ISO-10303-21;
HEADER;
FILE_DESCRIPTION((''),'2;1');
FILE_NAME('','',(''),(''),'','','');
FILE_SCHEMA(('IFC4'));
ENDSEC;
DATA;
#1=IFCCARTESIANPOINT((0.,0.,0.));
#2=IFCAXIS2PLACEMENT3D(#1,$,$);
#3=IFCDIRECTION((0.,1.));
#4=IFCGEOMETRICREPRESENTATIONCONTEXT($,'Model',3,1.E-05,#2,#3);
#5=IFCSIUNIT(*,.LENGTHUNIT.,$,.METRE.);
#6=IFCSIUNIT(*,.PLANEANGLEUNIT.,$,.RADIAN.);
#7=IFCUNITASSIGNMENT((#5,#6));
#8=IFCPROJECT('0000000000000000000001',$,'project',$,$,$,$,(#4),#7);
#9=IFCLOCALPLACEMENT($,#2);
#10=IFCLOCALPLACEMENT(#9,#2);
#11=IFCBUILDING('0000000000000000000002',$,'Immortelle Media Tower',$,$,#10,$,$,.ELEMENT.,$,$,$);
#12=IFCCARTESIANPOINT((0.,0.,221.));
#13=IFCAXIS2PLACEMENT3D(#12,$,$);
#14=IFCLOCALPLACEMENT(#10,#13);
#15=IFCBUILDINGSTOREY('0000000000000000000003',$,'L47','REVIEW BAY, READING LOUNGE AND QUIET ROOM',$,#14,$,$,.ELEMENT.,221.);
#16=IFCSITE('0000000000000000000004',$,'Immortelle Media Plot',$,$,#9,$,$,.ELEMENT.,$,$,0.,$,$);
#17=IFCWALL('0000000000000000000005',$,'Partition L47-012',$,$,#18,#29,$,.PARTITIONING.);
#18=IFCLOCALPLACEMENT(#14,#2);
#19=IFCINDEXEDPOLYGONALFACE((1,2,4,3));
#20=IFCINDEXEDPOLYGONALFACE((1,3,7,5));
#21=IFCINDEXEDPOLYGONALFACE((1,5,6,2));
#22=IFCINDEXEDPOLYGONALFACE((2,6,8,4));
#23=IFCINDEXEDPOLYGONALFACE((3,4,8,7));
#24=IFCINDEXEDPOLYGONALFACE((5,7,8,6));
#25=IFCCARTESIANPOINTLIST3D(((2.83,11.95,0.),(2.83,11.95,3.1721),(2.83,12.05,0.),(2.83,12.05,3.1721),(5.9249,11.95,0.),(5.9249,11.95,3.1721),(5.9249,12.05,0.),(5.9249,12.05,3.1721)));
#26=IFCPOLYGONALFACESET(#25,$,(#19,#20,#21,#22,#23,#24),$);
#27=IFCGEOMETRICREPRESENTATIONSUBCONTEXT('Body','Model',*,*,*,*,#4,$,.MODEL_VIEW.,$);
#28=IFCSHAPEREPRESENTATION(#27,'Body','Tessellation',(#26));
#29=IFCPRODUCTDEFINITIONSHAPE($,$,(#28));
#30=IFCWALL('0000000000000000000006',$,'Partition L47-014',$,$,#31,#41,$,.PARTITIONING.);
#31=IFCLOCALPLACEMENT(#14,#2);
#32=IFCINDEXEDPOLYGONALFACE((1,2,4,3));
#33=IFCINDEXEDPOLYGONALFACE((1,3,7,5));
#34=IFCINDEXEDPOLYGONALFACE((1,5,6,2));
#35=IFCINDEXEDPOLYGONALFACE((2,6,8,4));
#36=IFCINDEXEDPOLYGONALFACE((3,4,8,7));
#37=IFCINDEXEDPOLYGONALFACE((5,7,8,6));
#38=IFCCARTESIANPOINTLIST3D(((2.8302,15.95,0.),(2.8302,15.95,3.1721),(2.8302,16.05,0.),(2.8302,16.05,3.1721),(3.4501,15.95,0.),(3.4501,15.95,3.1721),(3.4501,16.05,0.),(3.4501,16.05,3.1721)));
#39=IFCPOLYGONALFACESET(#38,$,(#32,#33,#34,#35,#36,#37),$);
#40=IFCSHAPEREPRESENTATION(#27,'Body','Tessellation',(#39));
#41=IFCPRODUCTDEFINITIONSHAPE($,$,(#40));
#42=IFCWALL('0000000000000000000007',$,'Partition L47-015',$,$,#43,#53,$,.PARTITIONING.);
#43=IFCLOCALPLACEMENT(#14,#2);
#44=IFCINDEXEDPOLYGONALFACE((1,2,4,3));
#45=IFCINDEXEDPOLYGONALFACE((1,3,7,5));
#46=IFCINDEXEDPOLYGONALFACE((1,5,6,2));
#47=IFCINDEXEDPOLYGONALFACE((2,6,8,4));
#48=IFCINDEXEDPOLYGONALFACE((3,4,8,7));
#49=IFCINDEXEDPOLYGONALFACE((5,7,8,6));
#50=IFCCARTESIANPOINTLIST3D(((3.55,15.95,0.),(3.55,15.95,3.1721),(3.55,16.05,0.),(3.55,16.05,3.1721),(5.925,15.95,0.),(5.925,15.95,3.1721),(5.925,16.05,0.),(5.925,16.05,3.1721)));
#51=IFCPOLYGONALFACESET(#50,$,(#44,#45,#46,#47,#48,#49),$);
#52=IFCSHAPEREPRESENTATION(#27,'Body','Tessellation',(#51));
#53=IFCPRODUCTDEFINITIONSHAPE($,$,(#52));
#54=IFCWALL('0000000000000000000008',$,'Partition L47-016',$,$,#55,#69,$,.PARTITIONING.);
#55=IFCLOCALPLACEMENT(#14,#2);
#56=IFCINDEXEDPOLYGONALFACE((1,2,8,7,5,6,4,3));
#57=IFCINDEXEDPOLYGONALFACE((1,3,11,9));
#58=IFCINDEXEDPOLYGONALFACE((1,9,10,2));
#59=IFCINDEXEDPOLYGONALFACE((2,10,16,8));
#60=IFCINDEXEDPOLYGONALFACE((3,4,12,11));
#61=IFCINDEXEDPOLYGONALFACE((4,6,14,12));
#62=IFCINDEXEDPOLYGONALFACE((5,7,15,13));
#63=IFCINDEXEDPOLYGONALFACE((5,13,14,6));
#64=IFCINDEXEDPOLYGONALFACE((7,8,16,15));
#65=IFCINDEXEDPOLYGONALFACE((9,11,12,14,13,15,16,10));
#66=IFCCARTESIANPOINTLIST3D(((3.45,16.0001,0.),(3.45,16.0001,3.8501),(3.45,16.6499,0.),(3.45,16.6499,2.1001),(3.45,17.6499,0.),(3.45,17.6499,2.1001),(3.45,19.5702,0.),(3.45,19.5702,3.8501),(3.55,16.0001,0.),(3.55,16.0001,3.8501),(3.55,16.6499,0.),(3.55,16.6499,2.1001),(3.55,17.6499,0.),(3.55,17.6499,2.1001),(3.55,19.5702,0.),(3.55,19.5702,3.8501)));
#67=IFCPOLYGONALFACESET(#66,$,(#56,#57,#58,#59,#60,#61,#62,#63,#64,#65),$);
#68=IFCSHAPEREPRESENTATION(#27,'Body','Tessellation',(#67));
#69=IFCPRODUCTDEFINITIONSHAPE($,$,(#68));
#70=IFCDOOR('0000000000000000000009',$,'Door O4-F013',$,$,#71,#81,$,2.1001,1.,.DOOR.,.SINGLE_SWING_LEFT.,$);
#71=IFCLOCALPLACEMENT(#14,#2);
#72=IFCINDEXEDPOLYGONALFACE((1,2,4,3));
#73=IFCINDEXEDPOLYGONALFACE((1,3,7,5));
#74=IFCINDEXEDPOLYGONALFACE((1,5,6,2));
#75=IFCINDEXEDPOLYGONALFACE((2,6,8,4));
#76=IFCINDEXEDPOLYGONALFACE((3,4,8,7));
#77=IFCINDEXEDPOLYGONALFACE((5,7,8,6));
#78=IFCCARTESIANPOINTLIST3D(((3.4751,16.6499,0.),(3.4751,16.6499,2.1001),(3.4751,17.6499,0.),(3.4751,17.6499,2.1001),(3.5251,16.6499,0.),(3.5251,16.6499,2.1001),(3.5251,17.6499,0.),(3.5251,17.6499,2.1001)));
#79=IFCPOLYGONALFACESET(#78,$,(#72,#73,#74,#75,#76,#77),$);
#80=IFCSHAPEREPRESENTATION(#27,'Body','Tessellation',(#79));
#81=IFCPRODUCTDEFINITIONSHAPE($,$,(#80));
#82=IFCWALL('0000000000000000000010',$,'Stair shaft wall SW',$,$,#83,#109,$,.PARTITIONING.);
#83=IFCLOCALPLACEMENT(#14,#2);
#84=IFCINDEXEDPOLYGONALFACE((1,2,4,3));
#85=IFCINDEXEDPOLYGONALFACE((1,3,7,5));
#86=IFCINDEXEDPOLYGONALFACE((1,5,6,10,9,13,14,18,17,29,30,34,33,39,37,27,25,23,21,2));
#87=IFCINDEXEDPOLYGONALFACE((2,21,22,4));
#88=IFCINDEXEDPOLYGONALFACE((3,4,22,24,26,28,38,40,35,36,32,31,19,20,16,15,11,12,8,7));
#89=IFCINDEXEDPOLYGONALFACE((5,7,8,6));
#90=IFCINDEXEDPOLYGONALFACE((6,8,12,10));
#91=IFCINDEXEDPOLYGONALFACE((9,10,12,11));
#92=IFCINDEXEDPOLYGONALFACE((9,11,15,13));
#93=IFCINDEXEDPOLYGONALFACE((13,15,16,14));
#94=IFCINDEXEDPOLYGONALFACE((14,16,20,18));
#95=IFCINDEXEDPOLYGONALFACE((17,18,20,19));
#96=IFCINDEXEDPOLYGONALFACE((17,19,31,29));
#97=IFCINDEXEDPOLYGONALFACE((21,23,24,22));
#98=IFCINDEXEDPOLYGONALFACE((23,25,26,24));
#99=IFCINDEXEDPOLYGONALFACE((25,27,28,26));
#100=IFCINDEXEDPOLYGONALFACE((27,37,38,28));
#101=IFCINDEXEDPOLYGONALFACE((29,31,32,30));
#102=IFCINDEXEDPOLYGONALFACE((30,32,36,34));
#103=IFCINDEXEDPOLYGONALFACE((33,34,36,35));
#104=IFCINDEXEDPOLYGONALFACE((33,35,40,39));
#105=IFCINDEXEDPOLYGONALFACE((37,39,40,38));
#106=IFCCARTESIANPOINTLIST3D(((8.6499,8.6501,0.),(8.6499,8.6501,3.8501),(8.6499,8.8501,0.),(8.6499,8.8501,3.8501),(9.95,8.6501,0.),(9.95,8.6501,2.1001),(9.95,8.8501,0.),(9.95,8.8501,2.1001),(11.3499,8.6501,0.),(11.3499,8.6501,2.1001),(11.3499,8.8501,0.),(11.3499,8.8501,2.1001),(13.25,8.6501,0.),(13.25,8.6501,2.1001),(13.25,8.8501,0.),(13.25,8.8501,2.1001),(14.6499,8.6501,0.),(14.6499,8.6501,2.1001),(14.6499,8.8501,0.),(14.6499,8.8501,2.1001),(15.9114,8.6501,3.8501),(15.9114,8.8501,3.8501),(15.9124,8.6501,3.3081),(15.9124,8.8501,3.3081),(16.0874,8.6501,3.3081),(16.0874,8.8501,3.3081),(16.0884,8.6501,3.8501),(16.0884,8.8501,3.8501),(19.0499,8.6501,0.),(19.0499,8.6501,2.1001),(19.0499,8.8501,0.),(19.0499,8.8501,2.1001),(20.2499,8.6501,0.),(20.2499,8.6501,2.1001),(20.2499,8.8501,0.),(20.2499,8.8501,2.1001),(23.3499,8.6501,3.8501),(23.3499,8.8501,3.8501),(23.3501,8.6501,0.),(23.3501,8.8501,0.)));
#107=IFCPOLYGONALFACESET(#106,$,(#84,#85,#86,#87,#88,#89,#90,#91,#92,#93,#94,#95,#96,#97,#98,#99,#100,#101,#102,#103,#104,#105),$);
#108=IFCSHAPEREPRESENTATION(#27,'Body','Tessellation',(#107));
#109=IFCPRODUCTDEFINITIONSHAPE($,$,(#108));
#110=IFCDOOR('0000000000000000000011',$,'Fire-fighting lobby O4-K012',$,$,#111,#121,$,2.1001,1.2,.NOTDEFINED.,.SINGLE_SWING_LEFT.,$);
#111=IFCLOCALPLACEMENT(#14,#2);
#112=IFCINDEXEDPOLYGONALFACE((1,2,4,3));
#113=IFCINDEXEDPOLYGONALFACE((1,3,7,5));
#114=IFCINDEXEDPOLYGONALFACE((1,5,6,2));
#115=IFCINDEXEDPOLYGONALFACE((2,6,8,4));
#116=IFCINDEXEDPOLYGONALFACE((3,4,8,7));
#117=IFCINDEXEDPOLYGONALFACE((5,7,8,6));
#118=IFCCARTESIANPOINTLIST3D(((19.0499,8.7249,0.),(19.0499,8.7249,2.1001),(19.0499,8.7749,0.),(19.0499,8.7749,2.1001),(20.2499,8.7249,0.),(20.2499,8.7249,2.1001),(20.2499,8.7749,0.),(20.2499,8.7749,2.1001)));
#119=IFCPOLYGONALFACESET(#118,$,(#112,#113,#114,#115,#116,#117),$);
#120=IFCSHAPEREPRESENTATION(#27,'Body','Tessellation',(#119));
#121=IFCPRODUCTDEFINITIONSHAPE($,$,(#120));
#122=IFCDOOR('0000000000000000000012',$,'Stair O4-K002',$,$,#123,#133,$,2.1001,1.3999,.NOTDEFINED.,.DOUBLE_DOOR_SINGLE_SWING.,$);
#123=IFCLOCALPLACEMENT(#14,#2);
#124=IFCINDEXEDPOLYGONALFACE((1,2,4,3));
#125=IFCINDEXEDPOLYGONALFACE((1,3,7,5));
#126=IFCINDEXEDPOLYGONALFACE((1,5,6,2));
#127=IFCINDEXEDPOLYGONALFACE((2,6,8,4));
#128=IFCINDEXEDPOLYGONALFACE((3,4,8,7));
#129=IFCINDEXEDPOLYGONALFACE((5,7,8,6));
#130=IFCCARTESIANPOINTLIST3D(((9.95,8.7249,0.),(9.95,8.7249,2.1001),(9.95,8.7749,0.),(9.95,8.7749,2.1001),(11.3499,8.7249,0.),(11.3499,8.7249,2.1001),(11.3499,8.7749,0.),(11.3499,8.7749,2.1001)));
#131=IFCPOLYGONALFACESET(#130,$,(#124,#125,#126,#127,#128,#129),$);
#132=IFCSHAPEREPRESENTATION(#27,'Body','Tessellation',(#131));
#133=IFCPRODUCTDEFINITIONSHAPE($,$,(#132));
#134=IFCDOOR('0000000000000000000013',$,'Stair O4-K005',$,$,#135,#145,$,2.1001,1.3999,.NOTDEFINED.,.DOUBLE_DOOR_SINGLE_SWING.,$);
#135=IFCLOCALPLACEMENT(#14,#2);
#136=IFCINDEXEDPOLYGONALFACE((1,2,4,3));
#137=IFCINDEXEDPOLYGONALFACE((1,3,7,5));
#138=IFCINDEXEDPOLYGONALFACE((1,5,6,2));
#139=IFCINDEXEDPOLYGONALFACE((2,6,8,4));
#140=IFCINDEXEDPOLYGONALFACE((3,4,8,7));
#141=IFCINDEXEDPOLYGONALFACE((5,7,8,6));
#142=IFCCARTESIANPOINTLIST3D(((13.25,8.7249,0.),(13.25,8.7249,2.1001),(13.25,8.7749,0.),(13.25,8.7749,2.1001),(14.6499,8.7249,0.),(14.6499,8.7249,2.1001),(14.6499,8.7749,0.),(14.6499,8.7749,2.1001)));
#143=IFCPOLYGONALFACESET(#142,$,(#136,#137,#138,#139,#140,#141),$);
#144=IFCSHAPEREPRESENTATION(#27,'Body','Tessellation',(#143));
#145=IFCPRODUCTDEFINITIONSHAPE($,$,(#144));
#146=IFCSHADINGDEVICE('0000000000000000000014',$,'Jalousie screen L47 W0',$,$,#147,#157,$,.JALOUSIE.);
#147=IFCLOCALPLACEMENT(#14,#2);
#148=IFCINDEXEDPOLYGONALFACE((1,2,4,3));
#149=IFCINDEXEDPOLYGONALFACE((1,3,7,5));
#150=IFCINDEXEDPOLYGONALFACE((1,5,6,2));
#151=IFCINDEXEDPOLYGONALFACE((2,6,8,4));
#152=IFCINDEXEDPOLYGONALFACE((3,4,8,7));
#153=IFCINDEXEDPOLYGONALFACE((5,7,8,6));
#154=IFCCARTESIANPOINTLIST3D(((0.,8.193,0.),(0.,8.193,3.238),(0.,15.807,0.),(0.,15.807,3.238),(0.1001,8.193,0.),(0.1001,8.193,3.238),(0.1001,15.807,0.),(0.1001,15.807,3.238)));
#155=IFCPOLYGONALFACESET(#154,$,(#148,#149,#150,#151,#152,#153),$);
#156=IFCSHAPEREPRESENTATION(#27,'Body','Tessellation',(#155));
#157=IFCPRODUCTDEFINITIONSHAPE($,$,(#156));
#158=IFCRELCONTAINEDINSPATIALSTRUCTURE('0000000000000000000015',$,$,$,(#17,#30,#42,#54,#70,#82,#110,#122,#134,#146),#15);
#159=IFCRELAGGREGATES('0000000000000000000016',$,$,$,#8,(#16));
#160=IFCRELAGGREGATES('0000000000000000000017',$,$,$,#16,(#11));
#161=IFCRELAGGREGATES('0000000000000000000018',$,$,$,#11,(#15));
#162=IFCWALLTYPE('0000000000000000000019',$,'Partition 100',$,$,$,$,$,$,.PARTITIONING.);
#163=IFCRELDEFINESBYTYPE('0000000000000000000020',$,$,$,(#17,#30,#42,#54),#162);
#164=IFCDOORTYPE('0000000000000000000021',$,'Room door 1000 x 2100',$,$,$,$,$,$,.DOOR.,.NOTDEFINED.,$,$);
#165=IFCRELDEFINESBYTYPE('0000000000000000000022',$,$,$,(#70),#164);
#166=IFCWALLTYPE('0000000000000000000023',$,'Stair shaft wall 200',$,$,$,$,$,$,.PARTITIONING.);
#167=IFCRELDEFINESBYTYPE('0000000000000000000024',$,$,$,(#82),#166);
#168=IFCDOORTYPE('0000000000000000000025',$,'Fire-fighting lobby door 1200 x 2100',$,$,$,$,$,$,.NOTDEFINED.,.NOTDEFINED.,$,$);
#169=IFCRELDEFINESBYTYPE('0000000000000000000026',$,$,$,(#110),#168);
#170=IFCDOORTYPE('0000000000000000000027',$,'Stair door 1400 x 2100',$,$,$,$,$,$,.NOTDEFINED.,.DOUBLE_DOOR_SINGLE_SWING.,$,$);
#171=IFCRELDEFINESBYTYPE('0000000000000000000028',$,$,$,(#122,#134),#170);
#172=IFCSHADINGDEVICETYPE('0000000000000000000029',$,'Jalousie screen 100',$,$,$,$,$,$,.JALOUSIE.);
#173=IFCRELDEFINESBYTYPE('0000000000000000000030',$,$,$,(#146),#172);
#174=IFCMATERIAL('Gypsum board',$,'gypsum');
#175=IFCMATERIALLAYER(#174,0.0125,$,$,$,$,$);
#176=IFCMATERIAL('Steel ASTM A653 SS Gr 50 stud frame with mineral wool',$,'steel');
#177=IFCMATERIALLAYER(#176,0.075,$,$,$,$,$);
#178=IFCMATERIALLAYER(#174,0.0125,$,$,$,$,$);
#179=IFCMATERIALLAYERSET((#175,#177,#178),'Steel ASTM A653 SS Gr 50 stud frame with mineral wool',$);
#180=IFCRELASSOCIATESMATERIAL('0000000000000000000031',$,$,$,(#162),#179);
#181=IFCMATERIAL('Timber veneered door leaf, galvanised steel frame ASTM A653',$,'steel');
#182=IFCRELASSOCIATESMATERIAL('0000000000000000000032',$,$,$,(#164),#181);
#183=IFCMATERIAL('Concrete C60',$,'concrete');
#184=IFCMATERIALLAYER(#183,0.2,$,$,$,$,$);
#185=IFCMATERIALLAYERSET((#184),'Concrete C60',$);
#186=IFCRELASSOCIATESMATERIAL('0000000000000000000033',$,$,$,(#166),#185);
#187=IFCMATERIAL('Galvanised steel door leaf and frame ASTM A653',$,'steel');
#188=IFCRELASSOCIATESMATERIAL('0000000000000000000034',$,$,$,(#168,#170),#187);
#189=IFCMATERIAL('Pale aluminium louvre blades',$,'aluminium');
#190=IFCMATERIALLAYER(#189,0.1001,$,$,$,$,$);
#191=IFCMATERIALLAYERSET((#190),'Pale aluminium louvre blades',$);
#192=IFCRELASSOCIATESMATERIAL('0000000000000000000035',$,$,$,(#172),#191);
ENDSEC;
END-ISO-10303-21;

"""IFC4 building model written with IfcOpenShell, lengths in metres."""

from ifc_helpers import new_model, si_unit, direction, frame, frame_2d, origin, origin_2d, place, context, subcontext, project, spatial, polyline, rectangle, outline, extrude, material, layer, layer_set, type_object, element, fill, save


model = new_model("IFC4")

# Units and contexts
model_context = context("Model", 3, precision=1e-05, world=origin(), true_north=direction((0.0, 1.0)))
body_context = subcontext(model_context, "Body", "Model", "MODEL_VIEW")
ifc_project = project(units=[si_unit("LENGTHUNIT", "METRE"), si_unit("PLANEANGLEUNIT", "RADIAN")], contexts=[model_context])

# Site, building, storey
site_placement = place(None, origin())
site = spatial("IfcSite", under=ifc_project, at=site_placement, Name="Immortelle Media Plot", CompositionType="ELEMENT", RefElevation=0.0)
building_placement = place(site_placement, origin())
building = spatial("IfcBuilding", under=site, at=building_placement, Name="Immortelle Media Tower", CompositionType="ELEMENT")
storey_placement = place(building_placement, frame((0.0, 0.0, 221.0)))
storey = spatial("IfcBuildingStorey", under=building, at=storey_placement, Name="L47", Description="REVIEW BAY, READING LOUNGE AND QUIET ROOM", CompositionType="ELEMENT", Elevation=221.0)

# Shared definitions
ifc_material_1 = material(Name="Steel ASTM A653 SS Gr 50 stud frame with mineral wool", Category="steel")

# Walls
ifc_material_2 = material(Name="Gypsum board", Category="gypsum")
ifc_layer_1 = layer(ifc_material_2, 0.0125)
ifc_layer_2 = layer(ifc_material_1, 0.075)
ifc_layer_3 = layer(ifc_material_2, 0.0125)
ifc_layer_set_1 = layer_set([ifc_layer_1, ifc_layer_2, ifc_layer_3], Name="Steel ASTM A653 SS Gr 50 stud frame with mineral wool")
wall_type_1 = type_object("IfcWallType", Name="Partition 100", PredefinedType="PARTITIONING", material=ifc_layer_set_1)
wall_1_placement = place(storey_placement, frame((2.8301, 12.0, 0.0), z_axis=(0.0, 0.0, 1.0), x_axis=(1.0, 0.0, 0.0)))
element("IfcWall", 1, at=wall_1_placement, inside=storey, type_object=wall_type_1, Name="Partition L47-012", PredefinedType="PARTITIONING", context=body_context, shape_type="SweptSolid", body=[
    extrude(rectangle(XDim=3.095, YDim=0.1001, at=frame_2d((1.5474, 0.0))), origin(), (0.0, 0.0, 1.0), 3.1721),
])
wall_2_placement = place(storey_placement, frame((2.8301, 16.0, 0.0), z_axis=(0.0, 0.0, 1.0), x_axis=(1.0, 0.0, 0.0)))
element("IfcWall", 2, at=wall_2_placement, inside=storey, type_object=wall_type_1, Name="Partition L47-014", PredefinedType="PARTITIONING", context=body_context, shape_type="SweptSolid", body=[
    extrude(rectangle(XDim=0.6199, YDim=0.1001, at=frame_2d((0.3101, 0.0))), origin(), (0.0, 0.0, 1.0), 3.1721),
])
wall_3_placement = place(storey_placement, frame((3.55, 16.0, 0.0), z_axis=(0.0, 0.0, 1.0), x_axis=(1.0, 0.0, 0.0)))
element("IfcWall", 3, at=wall_3_placement, inside=storey, type_object=wall_type_1, Name="Partition L47-015", PredefinedType="PARTITIONING", context=body_context, shape_type="SweptSolid", body=[
    extrude(rectangle(XDim=2.375, YDim=0.1001, at=frame_2d((1.1875, 0.0))), origin(), (0.0, 0.0, 1.0), 3.1721),
])

# Wall, opening, door
wall_4_placement = place(storey_placement, frame((3.5, 16.0, 0.0), z_axis=(0.0, 0.0, 1.0), x_axis=(0.0, 1.0, 0.0)))
wall_4 = element("IfcWall", 4, at=wall_4_placement, inside=storey, type_object=wall_type_1, Name="Partition L47-016", PredefinedType="PARTITIONING", context=body_context, shape_type="SweptSolid", body=[
    extrude(rectangle(XDim=3.5701, YDim=0.1001, at=frame_2d((1.7852, 0.0))), origin(), (0.0, 0.0, 1.0), 3.8501),
])
opening_1_placement = place(wall_4_placement, frame((0.6499, 0.0, 0.0)))
opening_1 = element("IfcOpeningElement", 5, at=opening_1_placement, cuts=wall_4, PredefinedType="OPENING", context=body_context, shape_type="SweptSolid", body=[
    extrude(rectangle(XDim=1.0, YDim=2.1001, at=frame_2d((0.5, 1.05))), frame((0.0, 0.0601, 0.0), z_axis=(0.0, -1.0, 0.0), x_axis=(1.0, 0.0, 0.0)), (0.0, 0.0, 1.0), 0.1201),
])
ifc_material_3 = material(Name="Timber veneered door leaf, galvanised steel frame ASTM A653", Category="steel")
door_type_1 = type_object("IfcDoorType", Name="Room door 1000 x 2100", OperationType="NOTDEFINED", PredefinedType="DOOR", material=ifc_material_3)
door_1_placement = place(opening_1_placement, origin())
door_1 = element("IfcDoor", 6, at=door_1_placement, inside=storey, type_object=door_type_1, Name="Door O4-F013", OperationType="SINGLE_SWING_LEFT", OverallHeight=2.1001, OverallWidth=1.0, PredefinedType="DOOR", context=body_context, shape_type="SweptSolid", body=[
    extrude(rectangle(XDim=1.0, YDim=2.1001, at=frame_2d((0.5, 1.05))), frame((0.0, 0.0249, 0.0), z_axis=(0.0, -1.0, 0.0), x_axis=(1.0, 0.0, 0.0)), (0.0, 0.0, 1.0), 0.05),
])
fill(opening_1, door_1)

# Wall, openings, doors
ifc_material_4 = material(Name="Concrete C60", Category="concrete")
ifc_layer_4 = layer(ifc_material_4, 0.2)
ifc_layer_set_2 = layer_set([ifc_layer_4], Name="Concrete C60")
wall_type_2 = type_object("IfcWallType", Name="Stair shaft wall 200", PredefinedType="PARTITIONING", material=ifc_layer_set_2)
wall_5_placement = place(storey_placement, frame((8.6499, 8.75, 0.0), z_axis=(0.0, 0.0, 1.0), x_axis=(1.0, 0.0, 0.0)))
wall_5 = element("IfcWall", 7, at=wall_5_placement, inside=storey, type_object=wall_type_2, Name="Stair shaft wall SW", PredefinedType="PARTITIONING", context=body_context, shape_type="SweptSolid", body=[
    extrude(outline(polyline([(0.0, 0.0), (14.7002, 0.0), (14.7, 3.8501), (7.4385, 3.8501), (7.4375, 3.3081), (7.2625, 3.3081), (7.2615, 3.8501), (0.0, 3.8501), (0.0, 0.0)])), frame((0.0, 0.1001, 0.0), z_axis=(0.0, -1.0, 0.0), x_axis=(1.0, 0.0, 0.0)), (0.0, 0.0, 1.0), 0.2),
])
opening_2_placement = place(wall_5_placement, frame((1.3, 0.0, 0.0)))
opening_2 = element("IfcOpeningElement", 8, at=opening_2_placement, cuts=wall_5, PredefinedType="OPENING", context=body_context, shape_type="SweptSolid", body=[
    extrude(rectangle(XDim=1.3999, YDim=2.1001, at=frame_2d((0.7, 1.05))), frame((0.0, 0.1099, 0.0), z_axis=(0.0, -1.0, 0.0), x_axis=(1.0, 0.0, 0.0)), (0.0, 0.0, 1.0), 0.22),
])
opening_3_placement = place(wall_5_placement, frame((4.6001, 0.0, 0.0)))
opening_3 = element("IfcOpeningElement", 9, at=opening_3_placement, cuts=wall_5, PredefinedType="OPENING", context=body_context, shape_type="SweptSolid", body=[
    extrude(rectangle(XDim=1.3999, YDim=2.1001, at=frame_2d((0.7, 1.05))), frame((0.0, 0.1099, 0.0), z_axis=(0.0, -1.0, 0.0), x_axis=(1.0, 0.0, 0.0)), (0.0, 0.0, 1.0), 0.22),
])
opening_4_placement = place(wall_5_placement, frame((10.3999, 0.0, 0.0)))
opening_4 = element("IfcOpeningElement", 10, at=opening_4_placement, cuts=wall_5, PredefinedType="OPENING", context=body_context, shape_type="SweptSolid", body=[
    extrude(rectangle(XDim=1.2, YDim=2.1001, at=frame_2d((0.6001, 1.05))), frame((0.0, 0.1099, 0.0), z_axis=(0.0, -1.0, 0.0), x_axis=(1.0, 0.0, 0.0)), (0.0, 0.0, 1.0), 0.22),
])
ifc_material_5 = material(Name="Galvanised steel door leaf and frame ASTM A653", Category="steel")
door_type_2 = type_object("IfcDoorType", Name="Fire-fighting lobby door 1200 x 2100", OperationType="NOTDEFINED", PredefinedType="NOTDEFINED", material=ifc_material_5)
door_2_placement = place(opening_4_placement, origin())
door_2 = element("IfcDoor", 11, at=door_2_placement, inside=storey, type_object=door_type_2, Name="Fire-fighting lobby O4-K012", OperationType="SINGLE_SWING_LEFT", OverallHeight=2.1001, OverallWidth=1.2, PredefinedType="NOTDEFINED", context=body_context, shape_type="SweptSolid", body=[
    extrude(rectangle(XDim=1.2, YDim=2.1001, at=frame_2d((0.6001, 1.05))), frame((0.0, 0.0249, 0.0), z_axis=(0.0, -1.0, 0.0), x_axis=(1.0, 0.0, 0.0)), (0.0, 0.0, 1.0), 0.05),
])
fill(opening_4, door_2)
door_type_3 = type_object("IfcDoorType", Name="Stair door 1400 x 2100", OperationType="DOUBLE_DOOR_SINGLE_SWING", PredefinedType="NOTDEFINED", material=ifc_material_5)
door_3_placement = place(opening_2_placement, origin())
door_3 = element("IfcDoor", 12, at=door_3_placement, inside=storey, type_object=door_type_3, Name="Stair O4-K002", OperationType="DOUBLE_DOOR_SINGLE_SWING", OverallHeight=2.1001, OverallWidth=1.3999, PredefinedType="NOTDEFINED", context=body_context, shape_type="SweptSolid", body=[
    extrude(rectangle(XDim=1.3999, YDim=2.1001, at=frame_2d((0.7, 1.05))), frame((0.0, 0.0249, 0.0), z_axis=(0.0, -1.0, 0.0), x_axis=(1.0, 0.0, 0.0)), (0.0, 0.0, 1.0), 0.05),
])
fill(opening_2, door_3)
door_4_placement = place(opening_3_placement, origin())
door_4 = element("IfcDoor", 13, at=door_4_placement, inside=storey, type_object=door_type_3, Name="Stair O4-K005", OperationType="DOUBLE_DOOR_SINGLE_SWING", OverallHeight=2.1001, OverallWidth=1.3999, PredefinedType="NOTDEFINED", context=body_context, shape_type="SweptSolid", body=[
    extrude(rectangle(XDim=1.3999, YDim=2.1001, at=frame_2d((0.7, 1.05))), frame((0.0, 0.0249, 0.0), z_axis=(0.0, -1.0, 0.0), x_axis=(1.0, 0.0, 0.0)), (0.0, 0.0, 1.0), 0.05),
])
fill(opening_3, door_4)

# Shading device
ifc_material_6 = material(Name="Pale aluminium louvre blades", Category="aluminium")
ifc_layer_5 = layer(ifc_material_6, 0.1001)
ifc_layer_set_3 = layer_set([ifc_layer_5], Name="Pale aluminium louvre blades")
shading_device_type_1 = type_object("IfcShadingDeviceType", Name="Jalousie screen 100", PredefinedType="JALOUSIE", material=ifc_layer_set_3)
shading_device_1_placement = place(storey_placement, frame((0.05, 12.0, 0.0), z_axis=(0.0, 0.0, 1.0), x_axis=(0.0, -1.0, 0.0)))
element("IfcShadingDevice", 14, at=shading_device_1_placement, inside=storey, type_object=shading_device_type_1, Name="Jalousie screen L47 W0", PredefinedType="JALOUSIE", context=body_context, shape_type="SweptSolid", body=[
    extrude(rectangle(XDim=7.614, YDim=0.1001, at=origin_2d()), origin(), (0.0, 0.0, 1.0), 3.238),
])

save(model, "model.ifc")
